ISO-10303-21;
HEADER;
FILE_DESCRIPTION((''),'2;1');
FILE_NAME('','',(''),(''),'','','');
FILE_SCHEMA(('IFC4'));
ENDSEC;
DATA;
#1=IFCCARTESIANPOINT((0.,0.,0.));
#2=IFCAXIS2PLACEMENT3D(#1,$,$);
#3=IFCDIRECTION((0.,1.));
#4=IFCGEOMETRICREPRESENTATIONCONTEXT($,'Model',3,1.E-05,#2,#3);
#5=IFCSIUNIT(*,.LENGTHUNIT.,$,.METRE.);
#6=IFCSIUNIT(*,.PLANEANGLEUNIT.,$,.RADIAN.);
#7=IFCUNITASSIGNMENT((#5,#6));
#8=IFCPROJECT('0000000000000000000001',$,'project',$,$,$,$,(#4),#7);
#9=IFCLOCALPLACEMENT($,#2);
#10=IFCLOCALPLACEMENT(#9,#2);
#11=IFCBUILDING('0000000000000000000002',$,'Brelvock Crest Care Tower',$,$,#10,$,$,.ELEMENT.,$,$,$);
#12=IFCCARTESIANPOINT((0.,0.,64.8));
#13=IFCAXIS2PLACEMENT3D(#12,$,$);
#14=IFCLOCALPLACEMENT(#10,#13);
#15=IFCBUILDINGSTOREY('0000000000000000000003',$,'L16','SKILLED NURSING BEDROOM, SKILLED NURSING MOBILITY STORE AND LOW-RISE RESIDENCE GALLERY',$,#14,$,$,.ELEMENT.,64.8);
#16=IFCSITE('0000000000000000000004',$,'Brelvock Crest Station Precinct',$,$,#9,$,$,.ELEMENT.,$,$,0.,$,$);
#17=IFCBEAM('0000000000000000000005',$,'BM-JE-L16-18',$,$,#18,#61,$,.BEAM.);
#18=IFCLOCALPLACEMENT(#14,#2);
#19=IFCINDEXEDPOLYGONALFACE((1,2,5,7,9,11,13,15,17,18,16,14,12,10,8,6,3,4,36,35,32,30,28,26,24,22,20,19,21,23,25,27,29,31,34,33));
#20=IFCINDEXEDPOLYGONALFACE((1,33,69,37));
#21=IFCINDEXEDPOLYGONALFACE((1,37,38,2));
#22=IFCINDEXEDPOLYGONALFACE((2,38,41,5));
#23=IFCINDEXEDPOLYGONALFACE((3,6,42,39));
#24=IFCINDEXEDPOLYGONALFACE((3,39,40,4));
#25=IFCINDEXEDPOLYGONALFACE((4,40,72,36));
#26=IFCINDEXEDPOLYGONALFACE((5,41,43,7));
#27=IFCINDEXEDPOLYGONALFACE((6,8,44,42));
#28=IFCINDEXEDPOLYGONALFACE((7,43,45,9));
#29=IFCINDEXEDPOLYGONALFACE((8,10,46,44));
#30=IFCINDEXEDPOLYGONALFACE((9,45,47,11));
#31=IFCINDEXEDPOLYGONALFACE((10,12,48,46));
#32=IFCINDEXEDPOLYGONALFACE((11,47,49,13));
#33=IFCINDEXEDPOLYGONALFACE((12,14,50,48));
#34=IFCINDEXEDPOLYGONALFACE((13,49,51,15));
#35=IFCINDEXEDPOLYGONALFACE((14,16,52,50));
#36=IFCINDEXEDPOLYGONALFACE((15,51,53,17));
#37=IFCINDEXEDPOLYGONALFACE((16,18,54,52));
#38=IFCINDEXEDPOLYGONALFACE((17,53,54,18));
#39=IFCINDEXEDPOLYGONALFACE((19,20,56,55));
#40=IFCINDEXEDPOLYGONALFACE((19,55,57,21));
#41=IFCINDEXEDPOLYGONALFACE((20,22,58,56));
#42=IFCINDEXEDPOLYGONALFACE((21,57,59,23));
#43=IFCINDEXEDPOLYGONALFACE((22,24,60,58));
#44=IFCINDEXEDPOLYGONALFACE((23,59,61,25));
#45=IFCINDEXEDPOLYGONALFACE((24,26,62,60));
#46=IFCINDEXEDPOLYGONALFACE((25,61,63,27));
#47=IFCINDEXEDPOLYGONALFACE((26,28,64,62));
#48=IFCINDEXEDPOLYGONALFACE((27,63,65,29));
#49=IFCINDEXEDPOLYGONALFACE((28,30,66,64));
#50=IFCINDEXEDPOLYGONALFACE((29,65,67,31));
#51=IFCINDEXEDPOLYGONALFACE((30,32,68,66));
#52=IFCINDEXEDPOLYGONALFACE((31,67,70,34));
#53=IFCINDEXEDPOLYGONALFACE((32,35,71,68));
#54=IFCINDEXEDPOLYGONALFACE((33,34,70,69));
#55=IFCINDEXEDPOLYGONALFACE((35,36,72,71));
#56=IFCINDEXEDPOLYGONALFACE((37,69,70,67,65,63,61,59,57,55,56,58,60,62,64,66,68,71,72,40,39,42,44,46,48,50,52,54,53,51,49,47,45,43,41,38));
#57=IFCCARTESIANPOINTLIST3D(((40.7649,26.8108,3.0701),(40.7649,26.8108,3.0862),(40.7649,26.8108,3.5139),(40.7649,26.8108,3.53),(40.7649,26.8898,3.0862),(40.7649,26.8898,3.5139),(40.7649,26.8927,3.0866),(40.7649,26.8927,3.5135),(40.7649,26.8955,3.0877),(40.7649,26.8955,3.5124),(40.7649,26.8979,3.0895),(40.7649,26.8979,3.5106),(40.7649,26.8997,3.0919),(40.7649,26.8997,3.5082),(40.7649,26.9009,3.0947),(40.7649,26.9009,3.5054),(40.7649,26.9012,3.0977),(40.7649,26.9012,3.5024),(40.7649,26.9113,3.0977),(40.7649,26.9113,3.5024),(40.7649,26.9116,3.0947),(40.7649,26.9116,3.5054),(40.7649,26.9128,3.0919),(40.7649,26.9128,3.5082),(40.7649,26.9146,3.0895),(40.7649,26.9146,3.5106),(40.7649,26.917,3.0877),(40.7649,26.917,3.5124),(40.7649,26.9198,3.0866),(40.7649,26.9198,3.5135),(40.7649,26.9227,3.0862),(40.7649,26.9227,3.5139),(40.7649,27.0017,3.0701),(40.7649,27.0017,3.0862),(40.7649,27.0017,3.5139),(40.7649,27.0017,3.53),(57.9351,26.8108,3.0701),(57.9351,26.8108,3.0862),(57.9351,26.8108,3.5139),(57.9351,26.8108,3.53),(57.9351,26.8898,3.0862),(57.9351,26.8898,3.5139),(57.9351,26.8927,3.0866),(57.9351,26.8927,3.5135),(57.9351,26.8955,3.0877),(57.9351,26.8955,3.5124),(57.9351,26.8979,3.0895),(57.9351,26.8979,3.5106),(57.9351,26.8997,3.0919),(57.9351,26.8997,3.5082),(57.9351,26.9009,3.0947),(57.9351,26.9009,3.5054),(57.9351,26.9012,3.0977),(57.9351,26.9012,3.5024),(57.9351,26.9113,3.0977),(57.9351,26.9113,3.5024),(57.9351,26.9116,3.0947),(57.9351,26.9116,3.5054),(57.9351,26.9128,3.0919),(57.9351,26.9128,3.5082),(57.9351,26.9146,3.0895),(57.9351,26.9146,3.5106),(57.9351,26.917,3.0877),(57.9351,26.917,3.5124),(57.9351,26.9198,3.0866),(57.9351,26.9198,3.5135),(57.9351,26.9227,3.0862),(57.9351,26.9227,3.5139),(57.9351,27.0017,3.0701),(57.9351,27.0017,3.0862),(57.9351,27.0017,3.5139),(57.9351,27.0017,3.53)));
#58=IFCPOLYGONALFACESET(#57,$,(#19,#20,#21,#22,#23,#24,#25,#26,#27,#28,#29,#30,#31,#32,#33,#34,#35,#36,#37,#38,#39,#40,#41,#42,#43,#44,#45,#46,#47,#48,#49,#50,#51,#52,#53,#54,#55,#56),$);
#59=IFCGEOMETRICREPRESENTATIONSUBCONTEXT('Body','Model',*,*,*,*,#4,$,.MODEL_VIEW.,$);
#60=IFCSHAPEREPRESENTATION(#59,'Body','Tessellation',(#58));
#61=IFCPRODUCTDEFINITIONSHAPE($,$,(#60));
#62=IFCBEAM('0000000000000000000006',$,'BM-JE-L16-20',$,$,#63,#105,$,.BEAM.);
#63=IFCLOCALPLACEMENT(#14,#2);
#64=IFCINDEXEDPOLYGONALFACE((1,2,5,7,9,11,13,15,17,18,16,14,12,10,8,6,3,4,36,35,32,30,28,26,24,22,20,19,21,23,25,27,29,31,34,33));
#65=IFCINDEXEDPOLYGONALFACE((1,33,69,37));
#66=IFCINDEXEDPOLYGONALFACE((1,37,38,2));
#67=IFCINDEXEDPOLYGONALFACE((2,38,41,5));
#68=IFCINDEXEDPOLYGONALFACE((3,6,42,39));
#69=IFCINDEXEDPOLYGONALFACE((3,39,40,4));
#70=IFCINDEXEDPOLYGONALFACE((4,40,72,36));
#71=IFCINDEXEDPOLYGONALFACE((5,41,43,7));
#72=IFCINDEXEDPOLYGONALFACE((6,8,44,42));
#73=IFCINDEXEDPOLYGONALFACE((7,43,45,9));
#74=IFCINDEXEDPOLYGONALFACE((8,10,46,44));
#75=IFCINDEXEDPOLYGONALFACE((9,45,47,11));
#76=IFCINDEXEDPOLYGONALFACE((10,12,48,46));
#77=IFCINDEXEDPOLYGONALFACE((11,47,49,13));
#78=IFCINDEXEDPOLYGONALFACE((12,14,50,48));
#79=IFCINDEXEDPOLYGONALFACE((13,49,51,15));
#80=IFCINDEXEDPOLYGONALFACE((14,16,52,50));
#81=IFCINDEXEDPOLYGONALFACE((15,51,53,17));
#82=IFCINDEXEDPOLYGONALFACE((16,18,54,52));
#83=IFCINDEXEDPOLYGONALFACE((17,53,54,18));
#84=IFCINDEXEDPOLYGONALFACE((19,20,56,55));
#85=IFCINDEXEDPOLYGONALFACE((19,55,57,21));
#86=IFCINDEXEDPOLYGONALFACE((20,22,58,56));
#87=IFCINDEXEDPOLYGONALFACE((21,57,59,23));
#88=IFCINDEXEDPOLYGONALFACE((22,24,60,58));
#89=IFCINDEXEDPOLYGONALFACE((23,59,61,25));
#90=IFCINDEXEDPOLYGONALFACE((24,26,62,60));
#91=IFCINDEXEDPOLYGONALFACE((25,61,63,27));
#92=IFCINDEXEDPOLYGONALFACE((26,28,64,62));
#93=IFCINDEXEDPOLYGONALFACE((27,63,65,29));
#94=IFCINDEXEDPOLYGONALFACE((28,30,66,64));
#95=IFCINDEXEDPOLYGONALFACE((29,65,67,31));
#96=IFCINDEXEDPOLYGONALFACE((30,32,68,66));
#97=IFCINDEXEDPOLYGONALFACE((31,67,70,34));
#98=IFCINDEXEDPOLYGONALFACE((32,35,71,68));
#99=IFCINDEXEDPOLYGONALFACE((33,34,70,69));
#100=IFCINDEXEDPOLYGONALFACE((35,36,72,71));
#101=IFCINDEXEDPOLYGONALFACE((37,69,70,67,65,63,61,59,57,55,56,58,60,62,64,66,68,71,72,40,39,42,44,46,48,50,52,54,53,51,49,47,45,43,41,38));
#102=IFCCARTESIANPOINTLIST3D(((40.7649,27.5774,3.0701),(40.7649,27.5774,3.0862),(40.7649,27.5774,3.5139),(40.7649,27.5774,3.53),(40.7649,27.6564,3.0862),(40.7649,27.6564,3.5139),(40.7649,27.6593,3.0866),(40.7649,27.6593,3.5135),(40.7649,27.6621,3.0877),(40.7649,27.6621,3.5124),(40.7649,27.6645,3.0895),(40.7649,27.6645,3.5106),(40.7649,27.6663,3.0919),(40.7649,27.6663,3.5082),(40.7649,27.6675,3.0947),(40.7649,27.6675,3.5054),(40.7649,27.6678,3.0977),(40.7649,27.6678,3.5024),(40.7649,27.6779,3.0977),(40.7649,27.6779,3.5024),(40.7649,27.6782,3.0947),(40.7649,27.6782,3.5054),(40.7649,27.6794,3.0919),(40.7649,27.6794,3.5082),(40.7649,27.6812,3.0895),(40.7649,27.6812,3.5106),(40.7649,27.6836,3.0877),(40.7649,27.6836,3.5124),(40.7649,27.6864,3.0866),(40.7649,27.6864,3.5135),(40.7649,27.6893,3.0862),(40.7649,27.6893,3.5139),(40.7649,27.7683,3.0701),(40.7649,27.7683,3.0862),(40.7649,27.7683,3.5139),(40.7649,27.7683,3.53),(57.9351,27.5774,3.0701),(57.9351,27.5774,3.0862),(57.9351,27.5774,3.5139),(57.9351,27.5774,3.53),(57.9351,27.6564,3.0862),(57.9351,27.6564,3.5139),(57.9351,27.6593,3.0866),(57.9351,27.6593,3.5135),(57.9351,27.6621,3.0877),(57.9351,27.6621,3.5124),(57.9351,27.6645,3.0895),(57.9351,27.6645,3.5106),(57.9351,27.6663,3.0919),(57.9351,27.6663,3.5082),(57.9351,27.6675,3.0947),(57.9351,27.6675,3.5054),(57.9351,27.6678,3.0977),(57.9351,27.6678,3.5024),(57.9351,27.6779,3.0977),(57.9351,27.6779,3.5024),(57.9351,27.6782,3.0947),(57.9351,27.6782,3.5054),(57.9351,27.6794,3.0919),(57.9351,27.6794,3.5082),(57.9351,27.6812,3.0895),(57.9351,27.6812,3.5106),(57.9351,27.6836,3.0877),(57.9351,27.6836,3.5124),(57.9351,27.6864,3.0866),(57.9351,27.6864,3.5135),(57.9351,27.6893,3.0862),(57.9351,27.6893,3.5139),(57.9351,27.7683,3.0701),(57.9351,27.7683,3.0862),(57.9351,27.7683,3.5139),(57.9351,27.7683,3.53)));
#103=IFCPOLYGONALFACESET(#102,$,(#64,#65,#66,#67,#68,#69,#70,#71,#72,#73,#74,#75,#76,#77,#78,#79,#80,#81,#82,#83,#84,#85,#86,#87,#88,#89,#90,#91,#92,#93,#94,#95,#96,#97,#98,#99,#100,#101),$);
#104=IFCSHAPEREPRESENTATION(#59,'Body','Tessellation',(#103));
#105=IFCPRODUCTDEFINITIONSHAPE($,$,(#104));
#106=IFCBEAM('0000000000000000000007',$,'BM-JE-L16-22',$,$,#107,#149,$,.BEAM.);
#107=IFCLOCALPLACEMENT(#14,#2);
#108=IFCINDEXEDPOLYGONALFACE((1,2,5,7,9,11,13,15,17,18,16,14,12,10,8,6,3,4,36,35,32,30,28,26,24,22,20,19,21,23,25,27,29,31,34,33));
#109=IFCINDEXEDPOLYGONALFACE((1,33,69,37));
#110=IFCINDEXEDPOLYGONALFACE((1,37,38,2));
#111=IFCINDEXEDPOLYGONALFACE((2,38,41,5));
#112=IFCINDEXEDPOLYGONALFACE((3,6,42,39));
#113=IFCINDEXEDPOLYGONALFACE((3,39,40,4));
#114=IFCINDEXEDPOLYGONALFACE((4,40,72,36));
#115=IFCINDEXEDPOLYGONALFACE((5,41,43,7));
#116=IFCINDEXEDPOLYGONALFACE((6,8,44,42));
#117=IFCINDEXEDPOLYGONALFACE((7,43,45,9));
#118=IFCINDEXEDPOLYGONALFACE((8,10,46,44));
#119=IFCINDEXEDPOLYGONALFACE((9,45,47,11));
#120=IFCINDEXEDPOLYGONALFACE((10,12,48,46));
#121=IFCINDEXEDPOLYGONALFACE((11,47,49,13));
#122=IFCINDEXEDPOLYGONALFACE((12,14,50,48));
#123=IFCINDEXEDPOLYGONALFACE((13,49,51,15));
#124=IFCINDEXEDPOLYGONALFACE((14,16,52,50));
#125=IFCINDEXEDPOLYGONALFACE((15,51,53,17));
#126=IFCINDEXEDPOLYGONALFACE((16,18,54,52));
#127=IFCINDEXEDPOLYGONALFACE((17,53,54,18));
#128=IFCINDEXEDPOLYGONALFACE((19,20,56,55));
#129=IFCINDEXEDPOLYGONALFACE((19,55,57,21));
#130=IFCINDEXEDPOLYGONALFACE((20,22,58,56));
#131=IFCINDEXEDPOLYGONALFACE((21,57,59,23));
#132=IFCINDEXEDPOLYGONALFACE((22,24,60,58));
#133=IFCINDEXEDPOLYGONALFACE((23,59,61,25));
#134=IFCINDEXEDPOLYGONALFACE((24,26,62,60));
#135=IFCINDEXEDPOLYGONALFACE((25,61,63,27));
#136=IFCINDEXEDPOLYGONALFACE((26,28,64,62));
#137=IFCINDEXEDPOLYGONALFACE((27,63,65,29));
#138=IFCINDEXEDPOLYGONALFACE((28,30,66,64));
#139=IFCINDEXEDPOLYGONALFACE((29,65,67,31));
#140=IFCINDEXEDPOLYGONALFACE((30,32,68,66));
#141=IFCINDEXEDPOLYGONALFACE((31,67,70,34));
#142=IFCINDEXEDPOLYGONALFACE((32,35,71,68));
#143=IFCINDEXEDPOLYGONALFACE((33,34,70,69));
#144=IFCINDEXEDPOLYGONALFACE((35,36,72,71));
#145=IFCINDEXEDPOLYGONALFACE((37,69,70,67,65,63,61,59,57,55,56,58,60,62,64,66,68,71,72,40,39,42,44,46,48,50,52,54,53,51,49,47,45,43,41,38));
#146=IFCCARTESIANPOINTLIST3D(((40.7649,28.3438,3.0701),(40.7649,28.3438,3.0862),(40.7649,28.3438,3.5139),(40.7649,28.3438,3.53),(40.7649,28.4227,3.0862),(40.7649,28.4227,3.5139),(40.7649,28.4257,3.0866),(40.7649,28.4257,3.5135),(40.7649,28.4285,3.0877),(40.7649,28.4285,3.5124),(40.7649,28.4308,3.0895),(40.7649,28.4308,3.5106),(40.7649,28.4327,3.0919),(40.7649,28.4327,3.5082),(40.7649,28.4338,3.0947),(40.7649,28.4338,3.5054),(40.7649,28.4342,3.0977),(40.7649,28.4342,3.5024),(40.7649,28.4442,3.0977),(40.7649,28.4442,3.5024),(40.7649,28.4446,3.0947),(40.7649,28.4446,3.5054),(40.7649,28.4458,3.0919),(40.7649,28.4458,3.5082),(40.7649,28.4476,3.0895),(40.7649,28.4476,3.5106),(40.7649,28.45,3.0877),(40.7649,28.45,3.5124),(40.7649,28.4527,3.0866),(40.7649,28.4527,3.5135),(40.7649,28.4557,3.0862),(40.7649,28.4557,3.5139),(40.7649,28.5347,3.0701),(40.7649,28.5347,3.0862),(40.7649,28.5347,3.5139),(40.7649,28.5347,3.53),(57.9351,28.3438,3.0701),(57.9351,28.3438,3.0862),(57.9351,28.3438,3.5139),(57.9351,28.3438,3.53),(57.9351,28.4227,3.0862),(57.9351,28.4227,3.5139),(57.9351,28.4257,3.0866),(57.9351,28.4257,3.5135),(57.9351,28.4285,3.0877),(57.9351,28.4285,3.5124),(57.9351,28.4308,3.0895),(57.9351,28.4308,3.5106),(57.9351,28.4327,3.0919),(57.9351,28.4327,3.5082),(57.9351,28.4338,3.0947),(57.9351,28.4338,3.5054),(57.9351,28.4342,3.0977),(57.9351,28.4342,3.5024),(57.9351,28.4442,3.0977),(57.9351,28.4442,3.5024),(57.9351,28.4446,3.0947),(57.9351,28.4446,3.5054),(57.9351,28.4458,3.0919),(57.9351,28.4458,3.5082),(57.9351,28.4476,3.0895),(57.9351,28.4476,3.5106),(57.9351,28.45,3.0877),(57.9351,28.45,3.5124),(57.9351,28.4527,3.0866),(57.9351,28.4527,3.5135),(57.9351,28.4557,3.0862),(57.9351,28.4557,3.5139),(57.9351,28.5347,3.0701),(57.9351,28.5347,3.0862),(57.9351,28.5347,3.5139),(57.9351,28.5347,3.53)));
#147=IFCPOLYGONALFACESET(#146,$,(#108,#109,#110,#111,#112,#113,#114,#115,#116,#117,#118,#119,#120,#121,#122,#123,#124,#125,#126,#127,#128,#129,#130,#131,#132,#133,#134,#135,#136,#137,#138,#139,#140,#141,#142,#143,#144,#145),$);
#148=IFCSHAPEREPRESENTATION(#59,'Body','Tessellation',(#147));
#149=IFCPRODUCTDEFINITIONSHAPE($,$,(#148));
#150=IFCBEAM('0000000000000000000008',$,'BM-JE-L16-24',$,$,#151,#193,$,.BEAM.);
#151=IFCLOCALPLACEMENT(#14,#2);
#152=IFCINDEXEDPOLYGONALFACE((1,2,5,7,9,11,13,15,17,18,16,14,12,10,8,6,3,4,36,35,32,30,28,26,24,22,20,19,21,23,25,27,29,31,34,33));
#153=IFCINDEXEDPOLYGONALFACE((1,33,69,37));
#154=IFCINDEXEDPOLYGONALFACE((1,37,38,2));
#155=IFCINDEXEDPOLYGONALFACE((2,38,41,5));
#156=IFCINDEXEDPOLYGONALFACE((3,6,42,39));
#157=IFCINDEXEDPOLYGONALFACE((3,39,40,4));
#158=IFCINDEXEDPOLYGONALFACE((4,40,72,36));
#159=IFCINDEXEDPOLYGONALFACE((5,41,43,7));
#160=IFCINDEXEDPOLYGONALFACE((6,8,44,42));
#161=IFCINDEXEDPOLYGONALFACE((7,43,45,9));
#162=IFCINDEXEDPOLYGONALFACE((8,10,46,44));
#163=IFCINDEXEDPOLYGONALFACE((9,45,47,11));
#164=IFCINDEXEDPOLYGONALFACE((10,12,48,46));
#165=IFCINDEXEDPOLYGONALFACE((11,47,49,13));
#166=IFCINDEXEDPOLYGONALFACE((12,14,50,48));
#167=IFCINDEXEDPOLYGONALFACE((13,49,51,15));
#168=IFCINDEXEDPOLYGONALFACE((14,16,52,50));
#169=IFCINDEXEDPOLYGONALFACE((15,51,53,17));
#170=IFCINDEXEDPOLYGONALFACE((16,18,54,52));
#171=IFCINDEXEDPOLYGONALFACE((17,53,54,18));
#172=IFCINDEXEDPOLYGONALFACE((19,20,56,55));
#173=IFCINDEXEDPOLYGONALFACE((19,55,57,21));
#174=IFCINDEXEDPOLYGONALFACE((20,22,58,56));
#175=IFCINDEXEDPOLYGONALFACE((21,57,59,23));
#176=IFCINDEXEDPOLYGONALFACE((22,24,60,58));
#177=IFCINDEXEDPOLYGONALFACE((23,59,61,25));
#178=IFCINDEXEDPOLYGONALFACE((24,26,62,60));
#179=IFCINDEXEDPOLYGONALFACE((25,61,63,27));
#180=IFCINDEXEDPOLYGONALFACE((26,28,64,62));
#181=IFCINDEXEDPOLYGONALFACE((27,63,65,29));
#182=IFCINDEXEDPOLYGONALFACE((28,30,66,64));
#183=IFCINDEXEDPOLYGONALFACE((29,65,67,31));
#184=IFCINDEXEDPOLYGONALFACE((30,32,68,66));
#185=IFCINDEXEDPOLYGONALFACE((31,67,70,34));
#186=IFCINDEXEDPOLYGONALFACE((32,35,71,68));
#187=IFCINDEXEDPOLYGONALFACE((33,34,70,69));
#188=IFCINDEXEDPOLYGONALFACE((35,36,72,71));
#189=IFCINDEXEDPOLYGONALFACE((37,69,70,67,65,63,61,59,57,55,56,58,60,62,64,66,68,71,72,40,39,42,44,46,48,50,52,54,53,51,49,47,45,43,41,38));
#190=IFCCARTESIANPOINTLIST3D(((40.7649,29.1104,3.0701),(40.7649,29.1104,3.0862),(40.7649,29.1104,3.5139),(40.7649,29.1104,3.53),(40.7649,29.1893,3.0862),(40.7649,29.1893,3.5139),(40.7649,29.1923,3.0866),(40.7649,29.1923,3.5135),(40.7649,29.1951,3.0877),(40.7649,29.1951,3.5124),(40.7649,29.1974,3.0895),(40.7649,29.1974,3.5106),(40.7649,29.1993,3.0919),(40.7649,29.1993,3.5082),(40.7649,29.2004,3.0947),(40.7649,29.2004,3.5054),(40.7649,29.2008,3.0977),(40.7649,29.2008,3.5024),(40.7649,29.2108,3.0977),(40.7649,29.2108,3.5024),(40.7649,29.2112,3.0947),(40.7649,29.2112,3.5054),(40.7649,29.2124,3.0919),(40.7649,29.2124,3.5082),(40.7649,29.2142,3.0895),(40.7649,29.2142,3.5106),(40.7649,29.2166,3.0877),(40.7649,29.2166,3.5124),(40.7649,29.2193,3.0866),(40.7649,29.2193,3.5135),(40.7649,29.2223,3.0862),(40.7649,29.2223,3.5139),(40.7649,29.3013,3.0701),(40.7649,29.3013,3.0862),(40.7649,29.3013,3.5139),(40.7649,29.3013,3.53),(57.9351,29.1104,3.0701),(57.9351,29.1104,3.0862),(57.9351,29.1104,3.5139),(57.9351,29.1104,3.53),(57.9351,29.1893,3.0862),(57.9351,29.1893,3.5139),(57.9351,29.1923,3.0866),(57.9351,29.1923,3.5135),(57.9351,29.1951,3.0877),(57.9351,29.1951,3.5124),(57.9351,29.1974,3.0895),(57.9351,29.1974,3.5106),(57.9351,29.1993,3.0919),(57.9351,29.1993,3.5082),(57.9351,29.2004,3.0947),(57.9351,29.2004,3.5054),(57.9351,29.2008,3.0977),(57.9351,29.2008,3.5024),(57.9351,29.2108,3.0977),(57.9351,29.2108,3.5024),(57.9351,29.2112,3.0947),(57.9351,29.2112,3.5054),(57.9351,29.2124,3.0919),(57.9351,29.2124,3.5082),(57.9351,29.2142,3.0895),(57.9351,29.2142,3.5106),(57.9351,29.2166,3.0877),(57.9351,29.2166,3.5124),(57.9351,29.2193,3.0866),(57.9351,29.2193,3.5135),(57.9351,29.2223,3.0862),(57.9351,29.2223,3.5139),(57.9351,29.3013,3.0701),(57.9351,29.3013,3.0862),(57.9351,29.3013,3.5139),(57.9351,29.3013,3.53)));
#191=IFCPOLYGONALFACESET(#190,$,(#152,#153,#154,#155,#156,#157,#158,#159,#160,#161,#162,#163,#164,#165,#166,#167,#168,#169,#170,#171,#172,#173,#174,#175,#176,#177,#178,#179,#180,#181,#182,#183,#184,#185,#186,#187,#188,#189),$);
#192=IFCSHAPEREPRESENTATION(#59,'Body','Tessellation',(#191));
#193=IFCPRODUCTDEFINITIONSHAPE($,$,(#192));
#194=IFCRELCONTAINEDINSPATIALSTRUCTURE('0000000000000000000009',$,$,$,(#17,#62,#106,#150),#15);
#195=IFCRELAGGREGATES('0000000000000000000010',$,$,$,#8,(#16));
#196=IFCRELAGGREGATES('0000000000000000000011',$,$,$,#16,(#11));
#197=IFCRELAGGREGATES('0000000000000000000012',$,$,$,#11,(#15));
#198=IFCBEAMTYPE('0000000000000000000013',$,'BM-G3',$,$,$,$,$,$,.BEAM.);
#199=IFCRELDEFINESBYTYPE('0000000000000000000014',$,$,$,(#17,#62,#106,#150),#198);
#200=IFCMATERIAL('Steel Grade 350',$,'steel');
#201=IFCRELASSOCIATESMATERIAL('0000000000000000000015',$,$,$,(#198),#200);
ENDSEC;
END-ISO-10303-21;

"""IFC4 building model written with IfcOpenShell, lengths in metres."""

from ifc_helpers import new_model, si_unit, direction, frame, origin, origin_2d, place, context, subcontext, project, spatial, i_section, extrude, source, transform, mapped, material, material_profile, profile_set, type_object, element, save


model = new_model("IFC4")

# Units and contexts
model_context = context("Model", 3, precision=1e-05, world=origin(), true_north=direction((0.0, 1.0)))
body_context = subcontext(model_context, "Body", "Model", "MODEL_VIEW")
ifc_project = project(units=[si_unit("LENGTHUNIT", "METRE"), si_unit("PLANEANGLEUNIT", "RADIAN")], contexts=[model_context])

# Site, building, storey
site_placement = place(None, origin())
site = spatial("IfcSite", under=ifc_project, at=site_placement, Name="Brelvock Crest Station Precinct", CompositionType="ELEMENT", RefElevation=0.0)
building_placement = place(site_placement, origin())
building = spatial("IfcBuilding", under=site, at=building_placement, Name="Brelvock Crest Care Tower", CompositionType="ELEMENT")
storey_placement = place(building_placement, frame((0.0, 0.0, 64.8)))
storey = spatial("IfcBuildingStorey", under=building, at=storey_placement, Name="L16", Description="SKILLED NURSING BEDROOM, SKILLED NURSING MOBILITY STORE AND LOW-RISE RESIDENCE GALLERY", CompositionType="ELEMENT", Elevation=64.8)

# Beams
ifc_material_1 = material(Name="Steel Grade 350", Category="steel")
ifc_material_profile_1 = material_profile(ifc_material_1, i_section(OverallWidth=0.1909, OverallDepth=0.46, WebThickness=0.01, FlangeThickness=0.0161, FilletRadius=0.0115, at=origin_2d()), Name="460UB82.1")
ifc_profile_set_1 = profile_set([ifc_material_profile_1], Name="Steel Grade 350")
beam_type_1 = type_object("IfcBeamType", Name="BM-G3", PredefinedType="BEAM", material=ifc_profile_set_1)
shared_shape_1 = source(origin(), body_context, "Body", "SweptSolid", [
    extrude(i_section(OverallWidth=0.1909, OverallDepth=0.46, WebThickness=0.01, FlangeThickness=0.0161, FilletRadius=0.0115, at=origin_2d()), origin(), (0.0, 0.0, 1.0), 17.1702),
])
for number, where, z_axis, x_axis, name in (
    (1, (40.7649, 26.9062, 3.3), (1.0, 0.0, 0.0), (0.0, 1.0, 0.0), "BM-JE-L16-18"),
    (2, (40.7649, 27.6729, 3.3), (1.0, 0.0, 0.0), (0.0, 1.0, 0.0), "BM-JE-L16-20"),
    (3, (40.7649, 28.4392, 3.3), (1.0, 0.0, 0.0), (0.0, 1.0, 0.0), "BM-JE-L16-22"),
    (4, (40.7649, 29.2058, 3.3), (1.0, 0.0, 0.0), (0.0, 1.0, 0.0), "BM-JE-L16-24"),
):
    element("IfcBeam", number, at=place(storey_placement, frame(where, z_axis=z_axis, x_axis=x_axis)), inside=storey, type_object=beam_type_1, Name=name, PredefinedType="BEAM", context=body_context, shape_type="MappedRepresentation", body=[
        mapped(shared_shape_1, transform((0.0, 0.0, 0.0), x_axis=(1.0, 0.0, 0.0), y_axis=(0.0, 1.0, 0.0), z_axis=(0.0, 0.0, 1.0), scale=1.0)),
    ])

save(model, "model.ifc")
